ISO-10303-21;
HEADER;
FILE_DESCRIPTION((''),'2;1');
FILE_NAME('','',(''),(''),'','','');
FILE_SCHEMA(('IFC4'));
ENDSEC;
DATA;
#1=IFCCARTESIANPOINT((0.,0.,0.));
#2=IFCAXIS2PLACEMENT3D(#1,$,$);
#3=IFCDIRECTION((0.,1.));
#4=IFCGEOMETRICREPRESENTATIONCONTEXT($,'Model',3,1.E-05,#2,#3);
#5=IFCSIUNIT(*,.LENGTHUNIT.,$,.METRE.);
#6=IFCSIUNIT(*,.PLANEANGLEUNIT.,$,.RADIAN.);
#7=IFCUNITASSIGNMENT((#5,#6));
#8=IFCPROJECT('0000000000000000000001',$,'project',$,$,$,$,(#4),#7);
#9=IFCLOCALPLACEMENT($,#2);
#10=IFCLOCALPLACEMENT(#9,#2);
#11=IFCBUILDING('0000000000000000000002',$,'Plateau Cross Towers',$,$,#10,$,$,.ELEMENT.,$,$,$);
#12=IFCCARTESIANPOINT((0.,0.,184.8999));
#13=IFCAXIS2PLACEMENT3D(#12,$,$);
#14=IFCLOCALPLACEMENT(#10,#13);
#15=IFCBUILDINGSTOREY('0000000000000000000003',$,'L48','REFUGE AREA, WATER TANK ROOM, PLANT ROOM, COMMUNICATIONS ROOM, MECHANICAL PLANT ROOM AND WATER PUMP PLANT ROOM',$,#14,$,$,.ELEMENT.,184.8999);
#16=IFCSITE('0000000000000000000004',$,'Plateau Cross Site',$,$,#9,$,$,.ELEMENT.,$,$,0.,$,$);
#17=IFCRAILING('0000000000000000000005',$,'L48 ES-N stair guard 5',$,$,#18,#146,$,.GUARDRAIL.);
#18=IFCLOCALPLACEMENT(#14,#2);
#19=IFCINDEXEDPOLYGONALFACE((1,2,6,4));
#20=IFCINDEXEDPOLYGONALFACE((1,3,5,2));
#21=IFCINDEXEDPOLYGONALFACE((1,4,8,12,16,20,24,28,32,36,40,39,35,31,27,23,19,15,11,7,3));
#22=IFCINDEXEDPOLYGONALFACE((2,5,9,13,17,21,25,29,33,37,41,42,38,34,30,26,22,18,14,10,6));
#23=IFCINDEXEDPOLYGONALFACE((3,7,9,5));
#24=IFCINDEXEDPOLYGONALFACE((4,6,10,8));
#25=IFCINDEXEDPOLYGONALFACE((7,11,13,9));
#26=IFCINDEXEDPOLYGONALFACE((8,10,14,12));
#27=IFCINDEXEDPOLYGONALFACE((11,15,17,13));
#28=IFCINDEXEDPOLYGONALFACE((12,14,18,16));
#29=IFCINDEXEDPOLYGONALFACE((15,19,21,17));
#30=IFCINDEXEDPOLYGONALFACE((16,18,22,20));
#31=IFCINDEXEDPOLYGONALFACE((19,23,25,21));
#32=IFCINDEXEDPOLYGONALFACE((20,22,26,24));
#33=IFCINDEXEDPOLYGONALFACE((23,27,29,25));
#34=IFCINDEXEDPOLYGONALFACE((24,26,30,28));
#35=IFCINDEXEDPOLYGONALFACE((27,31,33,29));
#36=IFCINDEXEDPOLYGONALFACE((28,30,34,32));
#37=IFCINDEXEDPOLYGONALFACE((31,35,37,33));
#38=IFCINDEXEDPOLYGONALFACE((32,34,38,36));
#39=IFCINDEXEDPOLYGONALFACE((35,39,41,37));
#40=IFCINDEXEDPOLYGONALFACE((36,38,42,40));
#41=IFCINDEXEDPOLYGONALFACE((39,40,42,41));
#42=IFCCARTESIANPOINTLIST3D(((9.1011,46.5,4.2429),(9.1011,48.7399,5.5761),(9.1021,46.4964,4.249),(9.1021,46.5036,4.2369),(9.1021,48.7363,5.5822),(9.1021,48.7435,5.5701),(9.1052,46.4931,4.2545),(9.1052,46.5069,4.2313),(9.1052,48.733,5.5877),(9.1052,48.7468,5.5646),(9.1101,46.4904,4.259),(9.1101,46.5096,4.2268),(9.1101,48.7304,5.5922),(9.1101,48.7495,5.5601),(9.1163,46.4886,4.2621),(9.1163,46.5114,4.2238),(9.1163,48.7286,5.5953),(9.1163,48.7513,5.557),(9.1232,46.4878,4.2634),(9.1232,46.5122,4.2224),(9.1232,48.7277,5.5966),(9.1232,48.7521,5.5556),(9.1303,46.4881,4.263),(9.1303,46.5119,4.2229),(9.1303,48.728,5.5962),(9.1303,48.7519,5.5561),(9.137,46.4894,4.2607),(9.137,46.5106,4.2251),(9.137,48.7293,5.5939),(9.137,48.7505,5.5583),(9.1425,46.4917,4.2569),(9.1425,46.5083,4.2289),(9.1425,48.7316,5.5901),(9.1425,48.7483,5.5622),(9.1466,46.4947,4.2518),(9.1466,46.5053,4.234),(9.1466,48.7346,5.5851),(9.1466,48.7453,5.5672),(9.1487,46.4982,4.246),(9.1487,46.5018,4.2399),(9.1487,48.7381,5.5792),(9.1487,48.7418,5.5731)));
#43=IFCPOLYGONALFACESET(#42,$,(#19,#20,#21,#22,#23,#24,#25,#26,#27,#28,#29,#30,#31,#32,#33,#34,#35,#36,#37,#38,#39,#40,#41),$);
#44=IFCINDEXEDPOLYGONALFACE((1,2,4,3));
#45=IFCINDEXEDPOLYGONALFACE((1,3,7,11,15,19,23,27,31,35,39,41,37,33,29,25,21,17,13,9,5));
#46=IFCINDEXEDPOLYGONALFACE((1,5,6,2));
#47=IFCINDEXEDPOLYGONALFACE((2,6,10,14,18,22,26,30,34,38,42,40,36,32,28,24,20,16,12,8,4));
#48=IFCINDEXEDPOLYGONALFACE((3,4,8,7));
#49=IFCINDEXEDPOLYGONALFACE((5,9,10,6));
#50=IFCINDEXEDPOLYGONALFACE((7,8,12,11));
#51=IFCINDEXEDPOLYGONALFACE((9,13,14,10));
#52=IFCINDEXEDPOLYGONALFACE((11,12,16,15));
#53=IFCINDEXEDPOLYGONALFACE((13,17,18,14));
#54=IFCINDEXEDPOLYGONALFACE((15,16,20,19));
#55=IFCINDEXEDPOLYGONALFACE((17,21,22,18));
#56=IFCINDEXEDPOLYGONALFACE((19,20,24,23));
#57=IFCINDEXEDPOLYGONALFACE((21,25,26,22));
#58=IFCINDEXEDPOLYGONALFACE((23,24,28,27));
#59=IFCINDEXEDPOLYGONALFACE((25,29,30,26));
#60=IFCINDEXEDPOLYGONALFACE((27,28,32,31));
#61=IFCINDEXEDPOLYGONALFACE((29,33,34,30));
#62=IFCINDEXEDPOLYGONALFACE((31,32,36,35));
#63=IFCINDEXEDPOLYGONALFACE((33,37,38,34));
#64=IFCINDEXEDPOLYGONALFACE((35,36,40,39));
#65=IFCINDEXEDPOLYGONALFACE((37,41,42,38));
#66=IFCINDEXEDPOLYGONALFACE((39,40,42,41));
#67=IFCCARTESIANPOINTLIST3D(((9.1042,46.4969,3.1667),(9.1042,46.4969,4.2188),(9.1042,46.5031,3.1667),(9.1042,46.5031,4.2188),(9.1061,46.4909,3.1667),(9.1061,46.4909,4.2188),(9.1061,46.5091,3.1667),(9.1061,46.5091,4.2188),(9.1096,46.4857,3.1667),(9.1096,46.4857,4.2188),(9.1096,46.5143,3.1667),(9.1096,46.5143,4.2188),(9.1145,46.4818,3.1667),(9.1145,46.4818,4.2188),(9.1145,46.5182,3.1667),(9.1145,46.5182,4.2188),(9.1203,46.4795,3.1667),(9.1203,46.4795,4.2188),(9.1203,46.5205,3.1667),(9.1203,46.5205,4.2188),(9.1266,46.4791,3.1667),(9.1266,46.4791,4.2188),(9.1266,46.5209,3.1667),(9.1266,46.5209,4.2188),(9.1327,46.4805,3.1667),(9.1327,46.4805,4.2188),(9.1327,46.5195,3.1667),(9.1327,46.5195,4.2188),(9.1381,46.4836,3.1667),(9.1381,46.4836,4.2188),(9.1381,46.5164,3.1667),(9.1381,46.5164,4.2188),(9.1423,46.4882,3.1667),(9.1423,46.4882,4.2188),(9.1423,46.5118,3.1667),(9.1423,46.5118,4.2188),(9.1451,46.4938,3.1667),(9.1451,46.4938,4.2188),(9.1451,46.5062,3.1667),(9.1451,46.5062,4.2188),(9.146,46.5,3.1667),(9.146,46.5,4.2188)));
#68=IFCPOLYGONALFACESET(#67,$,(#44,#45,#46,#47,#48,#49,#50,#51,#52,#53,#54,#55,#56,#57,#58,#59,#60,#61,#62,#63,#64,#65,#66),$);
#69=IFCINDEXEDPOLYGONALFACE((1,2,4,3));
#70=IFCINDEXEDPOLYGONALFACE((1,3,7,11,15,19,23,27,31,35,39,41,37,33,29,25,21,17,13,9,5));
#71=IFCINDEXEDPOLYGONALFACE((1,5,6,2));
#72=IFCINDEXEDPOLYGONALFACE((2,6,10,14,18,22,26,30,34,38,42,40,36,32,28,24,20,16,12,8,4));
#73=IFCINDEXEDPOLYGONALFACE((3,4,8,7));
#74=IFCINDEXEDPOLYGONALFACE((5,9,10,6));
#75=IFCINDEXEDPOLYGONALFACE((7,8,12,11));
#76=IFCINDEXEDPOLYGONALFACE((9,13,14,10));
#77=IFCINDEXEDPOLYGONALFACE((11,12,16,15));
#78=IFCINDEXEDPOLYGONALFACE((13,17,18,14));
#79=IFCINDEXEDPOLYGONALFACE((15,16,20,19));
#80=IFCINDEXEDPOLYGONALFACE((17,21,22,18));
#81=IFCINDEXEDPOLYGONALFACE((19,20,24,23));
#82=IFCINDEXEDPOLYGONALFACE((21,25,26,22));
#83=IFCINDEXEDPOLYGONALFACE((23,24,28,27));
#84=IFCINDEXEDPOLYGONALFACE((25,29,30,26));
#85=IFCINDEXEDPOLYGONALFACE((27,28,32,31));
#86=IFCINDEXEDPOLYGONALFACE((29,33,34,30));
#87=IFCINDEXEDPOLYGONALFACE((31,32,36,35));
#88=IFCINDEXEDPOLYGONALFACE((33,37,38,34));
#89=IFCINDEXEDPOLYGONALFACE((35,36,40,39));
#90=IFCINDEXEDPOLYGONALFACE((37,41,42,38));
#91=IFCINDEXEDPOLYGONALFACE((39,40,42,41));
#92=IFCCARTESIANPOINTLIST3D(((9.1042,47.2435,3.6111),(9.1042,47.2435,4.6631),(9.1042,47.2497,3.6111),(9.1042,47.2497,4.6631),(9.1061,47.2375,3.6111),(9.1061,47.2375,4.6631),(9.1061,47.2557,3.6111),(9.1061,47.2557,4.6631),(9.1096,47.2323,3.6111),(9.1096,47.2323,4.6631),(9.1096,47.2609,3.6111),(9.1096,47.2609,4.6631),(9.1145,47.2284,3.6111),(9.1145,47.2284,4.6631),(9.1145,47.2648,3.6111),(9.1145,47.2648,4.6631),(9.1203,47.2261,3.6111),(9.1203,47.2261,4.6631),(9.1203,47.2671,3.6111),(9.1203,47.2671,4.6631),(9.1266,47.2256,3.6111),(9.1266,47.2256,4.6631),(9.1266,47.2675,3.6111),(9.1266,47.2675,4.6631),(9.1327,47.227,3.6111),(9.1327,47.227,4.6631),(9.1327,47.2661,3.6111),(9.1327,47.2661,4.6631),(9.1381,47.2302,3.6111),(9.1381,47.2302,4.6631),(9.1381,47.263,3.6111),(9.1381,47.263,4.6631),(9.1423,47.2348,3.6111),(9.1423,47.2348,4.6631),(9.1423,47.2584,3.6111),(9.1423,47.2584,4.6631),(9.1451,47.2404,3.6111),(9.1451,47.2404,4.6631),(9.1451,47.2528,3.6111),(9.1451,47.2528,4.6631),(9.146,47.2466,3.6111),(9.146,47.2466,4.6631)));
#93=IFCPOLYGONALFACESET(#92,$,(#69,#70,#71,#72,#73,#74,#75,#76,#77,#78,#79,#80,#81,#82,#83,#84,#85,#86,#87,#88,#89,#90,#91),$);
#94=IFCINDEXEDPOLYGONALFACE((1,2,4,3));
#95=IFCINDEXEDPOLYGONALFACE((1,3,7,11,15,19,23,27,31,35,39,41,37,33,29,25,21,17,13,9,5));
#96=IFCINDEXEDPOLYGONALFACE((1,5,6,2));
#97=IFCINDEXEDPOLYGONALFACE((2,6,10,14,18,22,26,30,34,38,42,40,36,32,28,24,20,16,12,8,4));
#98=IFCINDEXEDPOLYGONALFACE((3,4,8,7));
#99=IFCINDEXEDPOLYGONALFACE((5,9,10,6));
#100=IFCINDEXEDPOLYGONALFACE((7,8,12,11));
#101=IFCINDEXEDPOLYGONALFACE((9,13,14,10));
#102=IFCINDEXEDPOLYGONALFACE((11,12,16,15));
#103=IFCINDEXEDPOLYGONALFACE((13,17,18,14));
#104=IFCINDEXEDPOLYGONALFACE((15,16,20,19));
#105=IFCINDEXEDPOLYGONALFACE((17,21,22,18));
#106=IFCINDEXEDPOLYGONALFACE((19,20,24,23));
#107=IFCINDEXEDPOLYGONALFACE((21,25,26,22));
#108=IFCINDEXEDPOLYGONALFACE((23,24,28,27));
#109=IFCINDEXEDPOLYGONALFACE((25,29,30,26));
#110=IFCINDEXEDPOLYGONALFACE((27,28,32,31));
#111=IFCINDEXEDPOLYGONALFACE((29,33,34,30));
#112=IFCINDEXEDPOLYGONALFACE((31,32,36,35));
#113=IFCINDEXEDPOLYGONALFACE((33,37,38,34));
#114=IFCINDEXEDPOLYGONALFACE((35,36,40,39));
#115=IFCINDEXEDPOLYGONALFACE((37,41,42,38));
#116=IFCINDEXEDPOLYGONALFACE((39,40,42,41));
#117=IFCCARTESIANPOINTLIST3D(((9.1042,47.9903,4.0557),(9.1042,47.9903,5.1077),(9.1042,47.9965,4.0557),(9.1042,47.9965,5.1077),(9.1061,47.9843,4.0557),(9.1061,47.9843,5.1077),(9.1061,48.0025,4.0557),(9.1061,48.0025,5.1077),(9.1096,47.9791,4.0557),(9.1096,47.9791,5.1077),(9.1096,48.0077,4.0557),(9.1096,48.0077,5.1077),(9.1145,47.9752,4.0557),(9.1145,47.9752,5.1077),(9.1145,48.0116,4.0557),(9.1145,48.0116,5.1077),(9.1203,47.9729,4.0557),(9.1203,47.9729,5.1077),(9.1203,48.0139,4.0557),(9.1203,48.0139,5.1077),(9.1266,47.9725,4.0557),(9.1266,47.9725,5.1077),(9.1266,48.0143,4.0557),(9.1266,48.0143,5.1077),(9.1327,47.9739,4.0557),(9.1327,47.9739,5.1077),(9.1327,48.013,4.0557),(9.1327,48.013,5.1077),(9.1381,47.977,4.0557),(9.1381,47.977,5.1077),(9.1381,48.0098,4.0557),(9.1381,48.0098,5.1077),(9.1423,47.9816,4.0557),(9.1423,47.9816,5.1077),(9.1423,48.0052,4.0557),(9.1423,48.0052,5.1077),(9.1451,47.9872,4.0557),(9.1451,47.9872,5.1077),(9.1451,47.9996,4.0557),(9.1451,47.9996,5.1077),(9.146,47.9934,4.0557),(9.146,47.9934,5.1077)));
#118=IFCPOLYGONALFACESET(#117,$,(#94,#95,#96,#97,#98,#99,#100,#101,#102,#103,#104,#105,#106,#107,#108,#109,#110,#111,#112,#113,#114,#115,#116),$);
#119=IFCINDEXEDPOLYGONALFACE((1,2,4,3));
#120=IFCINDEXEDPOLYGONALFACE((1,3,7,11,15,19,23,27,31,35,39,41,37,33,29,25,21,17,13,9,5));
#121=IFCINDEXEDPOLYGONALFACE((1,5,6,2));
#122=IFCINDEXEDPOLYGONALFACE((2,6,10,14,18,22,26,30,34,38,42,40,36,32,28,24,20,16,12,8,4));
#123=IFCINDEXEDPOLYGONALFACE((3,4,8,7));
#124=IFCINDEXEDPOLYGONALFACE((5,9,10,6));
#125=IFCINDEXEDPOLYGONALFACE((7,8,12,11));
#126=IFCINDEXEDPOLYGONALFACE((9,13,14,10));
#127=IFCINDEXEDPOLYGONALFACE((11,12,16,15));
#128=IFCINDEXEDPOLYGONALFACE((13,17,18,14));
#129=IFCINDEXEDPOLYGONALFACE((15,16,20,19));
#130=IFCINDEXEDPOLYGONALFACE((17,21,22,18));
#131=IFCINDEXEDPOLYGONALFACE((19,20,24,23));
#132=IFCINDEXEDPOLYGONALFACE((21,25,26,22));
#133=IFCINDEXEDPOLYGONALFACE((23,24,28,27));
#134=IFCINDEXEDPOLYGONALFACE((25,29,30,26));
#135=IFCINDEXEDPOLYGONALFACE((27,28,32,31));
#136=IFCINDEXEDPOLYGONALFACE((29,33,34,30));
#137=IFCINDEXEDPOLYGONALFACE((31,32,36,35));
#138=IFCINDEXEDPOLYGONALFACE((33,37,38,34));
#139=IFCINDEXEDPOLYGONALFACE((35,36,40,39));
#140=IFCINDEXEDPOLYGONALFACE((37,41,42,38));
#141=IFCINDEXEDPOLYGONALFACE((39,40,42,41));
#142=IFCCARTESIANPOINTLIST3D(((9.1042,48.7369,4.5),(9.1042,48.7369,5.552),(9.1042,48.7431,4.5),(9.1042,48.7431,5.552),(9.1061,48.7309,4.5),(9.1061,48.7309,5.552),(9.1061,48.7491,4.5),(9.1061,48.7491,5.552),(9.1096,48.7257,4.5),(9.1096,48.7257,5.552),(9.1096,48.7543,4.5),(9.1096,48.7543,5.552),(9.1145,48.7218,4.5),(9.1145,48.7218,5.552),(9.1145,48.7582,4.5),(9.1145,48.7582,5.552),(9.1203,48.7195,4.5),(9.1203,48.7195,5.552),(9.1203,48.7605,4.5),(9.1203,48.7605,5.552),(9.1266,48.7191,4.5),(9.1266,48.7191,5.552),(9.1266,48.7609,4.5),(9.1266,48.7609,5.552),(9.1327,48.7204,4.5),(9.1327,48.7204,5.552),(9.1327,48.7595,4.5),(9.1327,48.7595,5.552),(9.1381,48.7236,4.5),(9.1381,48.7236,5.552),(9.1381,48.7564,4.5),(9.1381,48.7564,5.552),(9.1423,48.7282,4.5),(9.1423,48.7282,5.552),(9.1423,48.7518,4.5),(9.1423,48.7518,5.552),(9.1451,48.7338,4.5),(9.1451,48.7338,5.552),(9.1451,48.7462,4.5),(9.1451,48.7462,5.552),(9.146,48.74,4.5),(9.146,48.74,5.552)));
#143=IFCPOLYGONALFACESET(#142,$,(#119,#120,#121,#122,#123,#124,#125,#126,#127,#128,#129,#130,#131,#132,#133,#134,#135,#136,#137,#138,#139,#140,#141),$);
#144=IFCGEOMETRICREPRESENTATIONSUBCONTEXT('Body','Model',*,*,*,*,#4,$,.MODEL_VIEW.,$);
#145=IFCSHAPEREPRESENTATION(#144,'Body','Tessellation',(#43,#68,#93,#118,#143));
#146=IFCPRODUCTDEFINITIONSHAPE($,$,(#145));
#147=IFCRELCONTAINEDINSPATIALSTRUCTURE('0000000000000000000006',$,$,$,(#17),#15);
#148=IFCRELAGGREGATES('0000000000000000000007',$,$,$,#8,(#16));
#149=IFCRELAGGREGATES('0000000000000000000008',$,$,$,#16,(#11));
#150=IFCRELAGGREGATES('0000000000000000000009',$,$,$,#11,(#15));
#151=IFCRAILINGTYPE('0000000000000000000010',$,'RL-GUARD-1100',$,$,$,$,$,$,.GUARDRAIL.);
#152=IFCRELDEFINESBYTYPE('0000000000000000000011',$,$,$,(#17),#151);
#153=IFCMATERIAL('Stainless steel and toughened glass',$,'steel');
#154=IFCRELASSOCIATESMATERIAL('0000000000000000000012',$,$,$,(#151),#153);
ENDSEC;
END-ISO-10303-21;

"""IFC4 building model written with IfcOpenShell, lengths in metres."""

from ifc_helpers import new_model, si_unit, direction, frame, origin, origin_2d, place, context, subcontext, project, spatial, circle, extrude, material, type_object, element, save


model = new_model("IFC4")

# Units and contexts
model_context = context("Model", 3, precision=1e-05, world=origin(), true_north=direction((0.0, 1.0)))
body_context = subcontext(model_context, "Body", "Model", "MODEL_VIEW")
ifc_project = project(units=[si_unit("LENGTHUNIT", "METRE"), si_unit("PLANEANGLEUNIT", "RADIAN")], contexts=[model_context])

# Site, building, storey
site_placement = place(None, origin())
site = spatial("IfcSite", under=ifc_project, at=site_placement, Name="Plateau Cross Site", CompositionType="ELEMENT", RefElevation=0.0)
building_placement = place(site_placement, origin())
building = spatial("IfcBuilding", under=site, at=building_placement, Name="Plateau Cross Towers", CompositionType="ELEMENT")
storey_placement = place(building_placement, frame((0.0, 0.0, 184.8999)))
storey = spatial("IfcBuildingStorey", under=building, at=storey_placement, Name="L48", Description="REFUGE AREA, WATER TANK ROOM, PLANT ROOM, COMMUNICATIONS ROOM, MECHANICAL PLANT ROOM AND WATER PUMP PLANT ROOM", CompositionType="ELEMENT", Elevation=184.8999)

# Railing
ifc_material_1 = material(Name="Stainless steel and toughened glass", Category="steel")
railing_type_1 = type_object("IfcRailingType", Name="RL-GUARD-1100", PredefinedType="GUARDRAIL", material=ifc_material_1)
railing_1_placement = place(storey_placement, frame((9.125, 46.5, 3.1667)))
element("IfcRailing", 1, at=railing_1_placement, inside=storey, type_object=railing_type_1, Name="L48 ES-N stair guard 5", PredefinedType="GUARDRAIL", context=body_context, shape_type="SweptSolid", body=[
    extrude(circle(Radius=0.0239, at=origin_2d()), frame((0.0, 0.0, 1.0762), z_axis=(0.0, 0.859306, 0.511462), x_axis=(-1.0, 0.0, 0.0)), (0.0, 0.0, 1.0), 2.6067),
    extrude(circle(Radius=0.021, at=origin_2d()), origin(), (0.0, 0.0, 1.0), 1.052),
    extrude(circle(Radius=0.021, at=origin_2d()), frame((0.0, 0.7466, 0.4443)), (0.0, 0.0, 1.0), 1.052),
    extrude(circle(Radius=0.021, at=origin_2d()), frame((0.0, 1.4934, 0.8889)), (0.0, 0.0, 1.0), 1.052),
    extrude(circle(Radius=0.021, at=origin_2d()), frame((0.0, 2.24, 1.3333)), (0.0, 0.0, 1.0), 1.052),
])

save(model, "model.ifc")
